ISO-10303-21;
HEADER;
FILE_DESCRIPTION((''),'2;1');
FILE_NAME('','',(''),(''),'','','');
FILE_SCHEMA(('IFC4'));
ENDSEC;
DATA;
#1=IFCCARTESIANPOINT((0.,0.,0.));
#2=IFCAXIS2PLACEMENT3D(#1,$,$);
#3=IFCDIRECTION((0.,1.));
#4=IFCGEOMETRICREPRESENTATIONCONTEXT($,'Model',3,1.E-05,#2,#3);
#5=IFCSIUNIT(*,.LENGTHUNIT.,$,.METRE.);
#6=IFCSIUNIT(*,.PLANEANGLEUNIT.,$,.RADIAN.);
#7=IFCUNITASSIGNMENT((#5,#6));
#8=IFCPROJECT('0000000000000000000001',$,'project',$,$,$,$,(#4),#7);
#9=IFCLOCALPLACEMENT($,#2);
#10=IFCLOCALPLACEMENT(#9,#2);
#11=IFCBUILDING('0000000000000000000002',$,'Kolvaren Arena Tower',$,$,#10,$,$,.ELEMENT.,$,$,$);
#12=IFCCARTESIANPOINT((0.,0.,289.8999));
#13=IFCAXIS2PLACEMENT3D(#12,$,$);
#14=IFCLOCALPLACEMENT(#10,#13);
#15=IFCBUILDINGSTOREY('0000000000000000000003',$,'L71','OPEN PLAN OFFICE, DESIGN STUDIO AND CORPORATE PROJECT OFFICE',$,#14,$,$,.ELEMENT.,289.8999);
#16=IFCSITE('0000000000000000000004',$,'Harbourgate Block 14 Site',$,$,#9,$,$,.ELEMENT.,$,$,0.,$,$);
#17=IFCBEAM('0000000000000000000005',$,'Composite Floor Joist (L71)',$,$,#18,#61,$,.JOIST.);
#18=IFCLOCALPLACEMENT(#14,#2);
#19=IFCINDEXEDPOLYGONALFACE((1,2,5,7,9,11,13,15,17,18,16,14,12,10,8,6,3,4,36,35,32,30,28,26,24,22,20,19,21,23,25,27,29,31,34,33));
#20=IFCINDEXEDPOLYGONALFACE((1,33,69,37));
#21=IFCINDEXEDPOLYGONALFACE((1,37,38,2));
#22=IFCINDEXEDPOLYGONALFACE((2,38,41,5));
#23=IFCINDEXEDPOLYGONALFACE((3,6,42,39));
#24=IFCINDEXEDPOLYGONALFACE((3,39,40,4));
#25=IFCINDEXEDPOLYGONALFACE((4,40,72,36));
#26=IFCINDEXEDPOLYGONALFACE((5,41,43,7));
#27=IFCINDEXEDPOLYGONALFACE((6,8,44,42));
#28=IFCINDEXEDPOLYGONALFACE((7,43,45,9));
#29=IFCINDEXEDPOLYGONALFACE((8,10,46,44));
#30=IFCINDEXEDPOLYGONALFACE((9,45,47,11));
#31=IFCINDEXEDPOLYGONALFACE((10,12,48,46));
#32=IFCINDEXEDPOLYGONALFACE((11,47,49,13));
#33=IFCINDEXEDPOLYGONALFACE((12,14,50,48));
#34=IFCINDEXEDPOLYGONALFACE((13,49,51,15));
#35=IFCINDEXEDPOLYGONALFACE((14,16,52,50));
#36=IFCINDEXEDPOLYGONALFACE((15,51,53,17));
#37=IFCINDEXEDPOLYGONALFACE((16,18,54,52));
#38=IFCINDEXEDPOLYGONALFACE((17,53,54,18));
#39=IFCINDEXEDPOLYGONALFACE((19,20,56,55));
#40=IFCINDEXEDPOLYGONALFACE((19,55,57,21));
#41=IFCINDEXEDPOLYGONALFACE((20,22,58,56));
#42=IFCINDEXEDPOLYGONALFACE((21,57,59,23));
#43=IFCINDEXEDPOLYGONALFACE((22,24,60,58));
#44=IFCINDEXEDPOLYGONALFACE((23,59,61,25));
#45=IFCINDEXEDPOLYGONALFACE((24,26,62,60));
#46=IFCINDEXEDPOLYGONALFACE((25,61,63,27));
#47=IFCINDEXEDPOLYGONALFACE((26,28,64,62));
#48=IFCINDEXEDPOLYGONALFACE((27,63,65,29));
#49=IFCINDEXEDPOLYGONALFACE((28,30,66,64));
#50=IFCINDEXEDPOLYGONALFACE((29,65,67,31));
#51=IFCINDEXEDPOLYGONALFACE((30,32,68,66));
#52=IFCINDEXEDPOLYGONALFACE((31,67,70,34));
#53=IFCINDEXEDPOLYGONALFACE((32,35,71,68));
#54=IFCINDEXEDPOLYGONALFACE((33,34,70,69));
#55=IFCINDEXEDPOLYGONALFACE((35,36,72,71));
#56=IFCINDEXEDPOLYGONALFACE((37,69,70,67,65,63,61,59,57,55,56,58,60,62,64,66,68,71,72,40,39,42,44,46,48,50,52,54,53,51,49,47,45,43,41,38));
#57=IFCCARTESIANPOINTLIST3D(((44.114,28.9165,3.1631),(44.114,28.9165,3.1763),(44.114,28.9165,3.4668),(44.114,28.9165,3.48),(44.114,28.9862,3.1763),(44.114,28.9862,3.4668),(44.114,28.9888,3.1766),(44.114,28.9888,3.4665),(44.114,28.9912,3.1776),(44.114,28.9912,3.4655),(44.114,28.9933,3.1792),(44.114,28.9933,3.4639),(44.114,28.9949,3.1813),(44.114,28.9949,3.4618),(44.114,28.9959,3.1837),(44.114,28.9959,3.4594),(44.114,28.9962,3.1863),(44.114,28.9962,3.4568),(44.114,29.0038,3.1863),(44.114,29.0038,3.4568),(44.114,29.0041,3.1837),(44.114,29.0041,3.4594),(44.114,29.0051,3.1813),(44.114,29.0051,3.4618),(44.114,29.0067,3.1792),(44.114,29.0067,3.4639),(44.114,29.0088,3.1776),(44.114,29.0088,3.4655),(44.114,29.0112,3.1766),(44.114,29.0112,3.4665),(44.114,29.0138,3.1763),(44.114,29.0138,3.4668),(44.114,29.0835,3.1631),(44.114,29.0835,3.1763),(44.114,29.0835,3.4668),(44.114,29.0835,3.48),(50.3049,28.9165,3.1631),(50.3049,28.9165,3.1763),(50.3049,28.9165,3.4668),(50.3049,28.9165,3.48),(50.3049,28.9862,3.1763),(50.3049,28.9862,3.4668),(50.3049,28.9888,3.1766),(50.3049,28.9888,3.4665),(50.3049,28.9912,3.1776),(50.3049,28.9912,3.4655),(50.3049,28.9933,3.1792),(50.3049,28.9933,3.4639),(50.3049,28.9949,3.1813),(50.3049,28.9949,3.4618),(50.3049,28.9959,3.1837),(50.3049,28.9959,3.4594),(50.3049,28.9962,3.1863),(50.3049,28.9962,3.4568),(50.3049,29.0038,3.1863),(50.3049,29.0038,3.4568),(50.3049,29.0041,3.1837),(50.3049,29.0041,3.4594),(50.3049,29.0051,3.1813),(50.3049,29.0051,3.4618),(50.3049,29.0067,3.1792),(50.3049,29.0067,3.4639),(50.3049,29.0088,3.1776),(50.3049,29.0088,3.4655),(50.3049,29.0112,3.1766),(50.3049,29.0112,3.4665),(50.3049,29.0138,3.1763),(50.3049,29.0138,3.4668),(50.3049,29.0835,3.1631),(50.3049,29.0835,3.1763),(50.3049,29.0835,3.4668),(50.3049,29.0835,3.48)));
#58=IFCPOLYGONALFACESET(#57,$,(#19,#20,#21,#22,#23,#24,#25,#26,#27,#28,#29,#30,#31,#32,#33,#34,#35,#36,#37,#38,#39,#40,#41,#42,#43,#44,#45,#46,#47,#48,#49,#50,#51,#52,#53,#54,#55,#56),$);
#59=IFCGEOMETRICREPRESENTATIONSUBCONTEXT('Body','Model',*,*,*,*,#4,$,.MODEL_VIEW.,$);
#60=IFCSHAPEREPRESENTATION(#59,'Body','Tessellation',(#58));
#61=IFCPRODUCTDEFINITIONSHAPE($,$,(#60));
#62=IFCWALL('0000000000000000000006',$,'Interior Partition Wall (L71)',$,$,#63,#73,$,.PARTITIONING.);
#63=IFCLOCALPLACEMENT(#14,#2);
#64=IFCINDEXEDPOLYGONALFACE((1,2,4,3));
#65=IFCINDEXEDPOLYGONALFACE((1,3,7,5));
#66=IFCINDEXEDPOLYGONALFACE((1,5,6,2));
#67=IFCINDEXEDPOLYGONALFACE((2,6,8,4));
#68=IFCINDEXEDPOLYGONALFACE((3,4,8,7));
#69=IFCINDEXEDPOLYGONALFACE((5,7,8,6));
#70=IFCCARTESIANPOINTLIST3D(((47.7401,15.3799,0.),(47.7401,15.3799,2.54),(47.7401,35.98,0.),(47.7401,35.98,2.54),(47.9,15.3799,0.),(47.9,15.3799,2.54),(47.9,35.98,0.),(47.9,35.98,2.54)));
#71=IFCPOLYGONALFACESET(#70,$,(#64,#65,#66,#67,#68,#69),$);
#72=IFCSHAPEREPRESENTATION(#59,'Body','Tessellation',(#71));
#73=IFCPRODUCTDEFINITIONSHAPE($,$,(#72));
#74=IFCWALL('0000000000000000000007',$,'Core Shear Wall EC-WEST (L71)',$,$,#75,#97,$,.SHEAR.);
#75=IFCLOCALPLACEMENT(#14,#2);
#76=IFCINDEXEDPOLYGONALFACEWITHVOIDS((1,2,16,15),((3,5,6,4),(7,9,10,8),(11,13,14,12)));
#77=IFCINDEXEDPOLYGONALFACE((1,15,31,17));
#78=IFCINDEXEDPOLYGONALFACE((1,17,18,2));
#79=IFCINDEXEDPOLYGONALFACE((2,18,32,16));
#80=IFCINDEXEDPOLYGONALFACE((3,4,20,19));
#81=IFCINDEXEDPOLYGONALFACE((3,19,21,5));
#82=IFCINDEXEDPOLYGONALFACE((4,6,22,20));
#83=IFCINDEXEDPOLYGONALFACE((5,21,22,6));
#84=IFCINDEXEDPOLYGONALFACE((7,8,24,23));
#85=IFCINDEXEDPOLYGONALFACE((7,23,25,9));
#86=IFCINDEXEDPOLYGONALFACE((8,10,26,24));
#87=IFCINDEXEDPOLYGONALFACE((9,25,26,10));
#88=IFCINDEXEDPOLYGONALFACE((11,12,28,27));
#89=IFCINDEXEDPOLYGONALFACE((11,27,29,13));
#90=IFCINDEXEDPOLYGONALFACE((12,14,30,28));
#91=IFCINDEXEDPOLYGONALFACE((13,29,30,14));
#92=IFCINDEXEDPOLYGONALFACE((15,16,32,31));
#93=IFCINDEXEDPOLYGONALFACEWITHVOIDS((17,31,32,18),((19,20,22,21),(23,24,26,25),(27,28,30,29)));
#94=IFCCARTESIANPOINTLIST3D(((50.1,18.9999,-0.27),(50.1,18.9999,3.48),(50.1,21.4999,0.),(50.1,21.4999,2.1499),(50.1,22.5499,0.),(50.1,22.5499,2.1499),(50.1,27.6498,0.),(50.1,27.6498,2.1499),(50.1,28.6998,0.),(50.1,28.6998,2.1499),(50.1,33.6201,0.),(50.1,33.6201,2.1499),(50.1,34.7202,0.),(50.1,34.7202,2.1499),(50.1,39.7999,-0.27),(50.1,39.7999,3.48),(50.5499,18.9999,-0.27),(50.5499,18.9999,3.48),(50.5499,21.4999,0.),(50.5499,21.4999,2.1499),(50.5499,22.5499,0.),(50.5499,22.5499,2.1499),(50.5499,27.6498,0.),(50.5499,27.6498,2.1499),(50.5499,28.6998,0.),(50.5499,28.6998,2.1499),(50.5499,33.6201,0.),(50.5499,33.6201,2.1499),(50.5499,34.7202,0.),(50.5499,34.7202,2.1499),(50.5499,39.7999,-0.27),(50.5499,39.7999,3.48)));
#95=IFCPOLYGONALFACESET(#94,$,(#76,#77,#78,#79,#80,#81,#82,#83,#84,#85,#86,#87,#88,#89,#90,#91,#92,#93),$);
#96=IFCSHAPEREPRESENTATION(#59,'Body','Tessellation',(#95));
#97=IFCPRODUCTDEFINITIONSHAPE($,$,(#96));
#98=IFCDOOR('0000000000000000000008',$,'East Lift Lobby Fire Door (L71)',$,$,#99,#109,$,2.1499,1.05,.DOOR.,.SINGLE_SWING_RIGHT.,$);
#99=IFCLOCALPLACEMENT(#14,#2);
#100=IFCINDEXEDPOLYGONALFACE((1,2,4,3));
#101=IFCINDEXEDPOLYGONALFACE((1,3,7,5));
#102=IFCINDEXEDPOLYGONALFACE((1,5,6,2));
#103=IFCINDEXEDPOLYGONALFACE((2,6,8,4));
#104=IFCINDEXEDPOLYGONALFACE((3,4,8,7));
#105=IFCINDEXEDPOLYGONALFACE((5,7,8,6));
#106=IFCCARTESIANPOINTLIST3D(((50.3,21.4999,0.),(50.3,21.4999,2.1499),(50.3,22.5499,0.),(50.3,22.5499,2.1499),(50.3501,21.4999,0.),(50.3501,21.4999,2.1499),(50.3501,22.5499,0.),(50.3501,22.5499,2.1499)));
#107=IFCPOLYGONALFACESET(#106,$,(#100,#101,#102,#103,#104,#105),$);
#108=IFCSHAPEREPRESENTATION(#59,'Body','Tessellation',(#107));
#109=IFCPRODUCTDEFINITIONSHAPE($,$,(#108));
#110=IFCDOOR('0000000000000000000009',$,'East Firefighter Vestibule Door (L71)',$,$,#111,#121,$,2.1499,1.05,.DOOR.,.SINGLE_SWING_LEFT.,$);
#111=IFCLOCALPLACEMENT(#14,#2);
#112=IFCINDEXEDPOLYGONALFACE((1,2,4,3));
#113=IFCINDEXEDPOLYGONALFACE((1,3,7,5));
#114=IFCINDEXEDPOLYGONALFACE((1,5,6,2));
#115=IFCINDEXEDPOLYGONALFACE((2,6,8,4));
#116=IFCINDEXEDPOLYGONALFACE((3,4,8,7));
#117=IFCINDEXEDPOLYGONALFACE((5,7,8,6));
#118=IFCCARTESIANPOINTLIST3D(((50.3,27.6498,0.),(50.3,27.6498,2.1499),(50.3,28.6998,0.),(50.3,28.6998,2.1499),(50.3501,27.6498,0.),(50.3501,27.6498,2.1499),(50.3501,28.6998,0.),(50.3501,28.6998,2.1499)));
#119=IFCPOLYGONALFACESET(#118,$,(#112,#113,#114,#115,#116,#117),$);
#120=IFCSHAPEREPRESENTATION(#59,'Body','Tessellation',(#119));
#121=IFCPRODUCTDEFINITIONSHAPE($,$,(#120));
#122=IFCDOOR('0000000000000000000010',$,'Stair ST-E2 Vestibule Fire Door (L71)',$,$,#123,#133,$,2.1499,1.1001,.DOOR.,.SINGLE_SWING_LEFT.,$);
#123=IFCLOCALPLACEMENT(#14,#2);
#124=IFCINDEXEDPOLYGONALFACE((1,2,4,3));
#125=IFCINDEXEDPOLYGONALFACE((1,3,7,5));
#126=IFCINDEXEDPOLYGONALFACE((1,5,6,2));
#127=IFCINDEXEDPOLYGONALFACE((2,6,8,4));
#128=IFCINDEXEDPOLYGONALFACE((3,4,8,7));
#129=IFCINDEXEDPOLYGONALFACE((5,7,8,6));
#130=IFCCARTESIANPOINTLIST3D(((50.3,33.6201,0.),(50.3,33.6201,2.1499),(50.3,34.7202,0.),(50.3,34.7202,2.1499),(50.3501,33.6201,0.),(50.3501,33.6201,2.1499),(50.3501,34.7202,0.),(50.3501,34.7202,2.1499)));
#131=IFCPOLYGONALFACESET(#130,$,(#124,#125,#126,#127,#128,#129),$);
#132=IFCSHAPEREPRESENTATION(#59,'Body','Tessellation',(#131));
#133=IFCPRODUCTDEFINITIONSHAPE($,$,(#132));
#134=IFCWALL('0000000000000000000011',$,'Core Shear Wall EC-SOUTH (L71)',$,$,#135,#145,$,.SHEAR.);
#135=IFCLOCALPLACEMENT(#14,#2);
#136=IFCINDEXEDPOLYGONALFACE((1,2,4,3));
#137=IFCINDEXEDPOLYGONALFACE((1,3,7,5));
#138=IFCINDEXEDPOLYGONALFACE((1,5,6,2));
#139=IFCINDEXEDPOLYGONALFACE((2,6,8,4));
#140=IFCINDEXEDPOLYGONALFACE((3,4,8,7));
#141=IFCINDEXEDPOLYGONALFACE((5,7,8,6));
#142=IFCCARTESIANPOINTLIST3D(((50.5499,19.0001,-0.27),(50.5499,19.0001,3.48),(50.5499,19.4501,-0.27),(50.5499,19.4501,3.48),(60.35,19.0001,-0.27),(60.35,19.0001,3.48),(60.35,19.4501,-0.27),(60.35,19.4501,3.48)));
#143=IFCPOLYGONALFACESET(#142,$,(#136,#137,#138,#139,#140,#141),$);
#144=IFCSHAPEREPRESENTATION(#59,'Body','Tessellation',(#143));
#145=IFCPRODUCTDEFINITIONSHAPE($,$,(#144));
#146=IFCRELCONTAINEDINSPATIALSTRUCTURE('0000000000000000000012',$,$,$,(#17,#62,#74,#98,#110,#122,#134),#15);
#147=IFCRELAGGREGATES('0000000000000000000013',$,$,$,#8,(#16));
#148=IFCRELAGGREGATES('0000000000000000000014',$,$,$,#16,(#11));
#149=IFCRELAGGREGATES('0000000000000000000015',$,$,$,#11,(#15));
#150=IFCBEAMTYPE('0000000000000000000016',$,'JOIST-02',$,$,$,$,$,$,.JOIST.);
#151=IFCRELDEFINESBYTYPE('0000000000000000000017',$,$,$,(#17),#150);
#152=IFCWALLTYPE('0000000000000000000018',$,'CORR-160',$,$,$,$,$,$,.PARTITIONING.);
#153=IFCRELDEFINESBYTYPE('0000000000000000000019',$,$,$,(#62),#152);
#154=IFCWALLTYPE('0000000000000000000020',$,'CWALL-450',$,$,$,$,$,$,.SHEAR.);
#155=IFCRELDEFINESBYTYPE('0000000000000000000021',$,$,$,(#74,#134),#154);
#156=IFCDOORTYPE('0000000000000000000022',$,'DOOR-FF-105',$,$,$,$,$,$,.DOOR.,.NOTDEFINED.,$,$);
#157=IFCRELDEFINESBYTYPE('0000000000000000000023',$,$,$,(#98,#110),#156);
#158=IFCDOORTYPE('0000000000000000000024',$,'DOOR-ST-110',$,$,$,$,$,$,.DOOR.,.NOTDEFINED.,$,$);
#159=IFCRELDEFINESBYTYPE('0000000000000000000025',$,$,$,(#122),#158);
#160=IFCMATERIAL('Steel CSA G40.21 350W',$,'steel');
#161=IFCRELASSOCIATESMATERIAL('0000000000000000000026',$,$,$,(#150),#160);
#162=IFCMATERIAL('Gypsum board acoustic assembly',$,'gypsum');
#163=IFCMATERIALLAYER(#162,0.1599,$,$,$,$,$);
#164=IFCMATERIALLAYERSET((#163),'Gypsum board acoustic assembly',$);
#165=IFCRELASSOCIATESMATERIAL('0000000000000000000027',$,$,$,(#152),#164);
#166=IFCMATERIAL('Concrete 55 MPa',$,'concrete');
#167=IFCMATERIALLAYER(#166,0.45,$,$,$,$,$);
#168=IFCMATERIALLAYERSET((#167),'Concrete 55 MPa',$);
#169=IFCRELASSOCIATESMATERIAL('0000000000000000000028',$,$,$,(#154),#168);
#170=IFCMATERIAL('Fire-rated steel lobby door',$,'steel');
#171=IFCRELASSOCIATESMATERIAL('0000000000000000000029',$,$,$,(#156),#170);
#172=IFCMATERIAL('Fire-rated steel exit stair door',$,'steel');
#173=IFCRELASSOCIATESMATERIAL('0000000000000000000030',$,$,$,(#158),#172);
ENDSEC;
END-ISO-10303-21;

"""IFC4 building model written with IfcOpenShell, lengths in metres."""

from ifc_helpers import new_model, si_unit, direction, frame, frame_2d, origin, origin_2d, place, context, subcontext, project, spatial, rectangle, i_section, extrude, material, layer, layer_set, material_profile, profile_set, type_object, element, fill, save


model = new_model("IFC4")

# Units and contexts
model_context = context("Model", 3, precision=1e-05, world=origin(), true_north=direction((0.0, 1.0)))
body_context = subcontext(model_context, "Body", "Model", "MODEL_VIEW")
ifc_project = project(units=[si_unit("LENGTHUNIT", "METRE"), si_unit("PLANEANGLEUNIT", "RADIAN")], contexts=[model_context])

# Site, building, storey
site_placement = place(None, origin())
site = spatial("IfcSite", under=ifc_project, at=site_placement, Name="Harbourgate Block 14 Site", CompositionType="ELEMENT", RefElevation=0.0)
building_placement = place(site_placement, origin())
building = spatial("IfcBuilding", under=site, at=building_placement, Name="Kolvaren Arena Tower", CompositionType="ELEMENT")
storey_placement = place(building_placement, frame((0.0, 0.0, 289.8999)))
storey = spatial("IfcBuildingStorey", under=building, at=storey_placement, Name="L71", Description="OPEN PLAN OFFICE, DESIGN STUDIO AND CORPORATE PROJECT OFFICE", CompositionType="ELEMENT", Elevation=289.8999)

# Beam
ifc_material_1 = material(Name="Steel CSA G40.21 350W", Category="steel")
ifc_material_profile_1 = material_profile(ifc_material_1, i_section(OverallWidth=0.167, OverallDepth=0.3169, WebThickness=0.0076, FlangeThickness=0.0132, FilletRadius=0.01, at=origin_2d()), Name="W310x52")
ifc_profile_set_1 = profile_set([ifc_material_profile_1], Name="Steel CSA G40.21 350W")
beam_type_1 = type_object("IfcBeamType", Name="JOIST-02", PredefinedType="JOIST", material=ifc_profile_set_1)
for number, where, z_axis, x_axis, name in (
    (1, (44.114, 29.0, 3.3215), (1.0, 0.0, 0.0), (0.0, 1.0, 0.0), "Composite Floor Joist (L71)"),
):
    element("IfcBeam", number, at=place(storey_placement, frame(where, z_axis=z_axis, x_axis=x_axis)), inside=storey, type_object=beam_type_1, Name=name, PredefinedType="JOIST", context=body_context, shape_type="SweptSolid", body=[
        extrude(i_section(OverallWidth=0.167, OverallDepth=0.3169, WebThickness=0.0076, FlangeThickness=0.0132, FilletRadius=0.01, at=origin_2d()), origin(), (0.0, 0.0, 1.0), 6.1909),
    ])

# Wall
ifc_material_2 = material(Name="Gypsum board acoustic assembly", Category="gypsum")
ifc_layer_1 = layer(ifc_material_2, 0.1599)
ifc_layer_set_1 = layer_set([ifc_layer_1], Name="Gypsum board acoustic assembly")
wall_type_1 = type_object("IfcWallType", Name="CORR-160", PredefinedType="PARTITIONING", material=ifc_layer_set_1)
wall_1_placement = place(storey_placement, frame((47.8201, 15.3799, 0.0), z_axis=(0.0, 0.0, 1.0), x_axis=(0.0, 1.0, 0.0)))
element("IfcWall", 2, at=wall_1_placement, inside=storey, type_object=wall_type_1, Name="Interior Partition Wall (L71)", PredefinedType="PARTITIONING", context=body_context, shape_type="SweptSolid", body=[
    extrude(rectangle(XDim=20.6001, YDim=0.1599, at=frame_2d((10.3, 0.0))), origin(), (0.0, 0.0, 1.0), 2.54),
])

# Wall, openings, doors
ifc_material_3 = material(Name="Concrete 55 MPa", Category="concrete")
ifc_layer_2 = layer(ifc_material_3, 0.45)
ifc_layer_set_2 = layer_set([ifc_layer_2], Name="Concrete 55 MPa")
wall_type_2 = type_object("IfcWallType", Name="CWALL-450", PredefinedType="SHEAR", material=ifc_layer_set_2)
wall_2_placement = place(storey_placement, frame((50.325, 19.0, -0.27), z_axis=(0.0, 0.0, 1.0), x_axis=(0.0, 1.0, 0.0)))
wall_2 = element("IfcWall", 3, at=wall_2_placement, inside=storey, type_object=wall_type_2, Name="Core Shear Wall EC-WEST (L71)", PredefinedType="SHEAR", context=body_context, shape_type="SweptSolid", body=[
    extrude(rectangle(XDim=20.8, YDim=0.45, at=frame_2d((10.3999, 0.0))), origin(), (0.0, 0.0, 1.0), 3.75),
])
opening_1_placement = place(wall_2_placement, frame((2.5, 0.0, 0.27)))
opening_1 = element("IfcOpeningElement", 4, at=opening_1_placement, cuts=wall_2, PredefinedType="OPENING", context=body_context, shape_type="SweptSolid", body=[
    extrude(rectangle(XDim=1.05, YDim=2.1499, at=frame_2d((0.5249, 1.075))), frame((0.0, 0.2349, 0.0), z_axis=(0.0, -1.0, 0.0), x_axis=(1.0, 0.0, 0.0)), (0.0, 0.0, 1.0), 0.47),
])
opening_2_placement = place(wall_2_placement, frame((8.6499, 0.0, 0.27)))
opening_2 = element("IfcOpeningElement", 5, at=opening_2_placement, cuts=wall_2, PredefinedType="OPENING", context=body_context, shape_type="SweptSolid", body=[
    extrude(rectangle(XDim=1.05, YDim=2.1499, at=frame_2d((0.5249, 1.075))), frame((0.0, 0.2349, 0.0), z_axis=(0.0, -1.0, 0.0), x_axis=(1.0, 0.0, 0.0)), (0.0, 0.0, 1.0), 0.47),
])
opening_3_placement = place(wall_2_placement, frame((14.6201, 0.0, 0.27)))
opening_3 = element("IfcOpeningElement", 6, at=opening_3_placement, cuts=wall_2, PredefinedType="OPENING", context=body_context, shape_type="SweptSolid", body=[
    extrude(rectangle(XDim=1.1001, YDim=2.1499, at=frame_2d((0.55, 1.075))), frame((0.0, 0.2349, 0.0), z_axis=(0.0, -1.0, 0.0), x_axis=(1.0, 0.0, 0.0)), (0.0, 0.0, 1.0), 0.47),
])
ifc_material_4 = material(Name="Fire-rated steel lobby door", Category="steel")
door_type_1 = type_object("IfcDoorType", Name="DOOR-FF-105", OperationType="NOTDEFINED", PredefinedType="DOOR", material=ifc_material_4)
door_1_placement = place(opening_1_placement, origin())
door_1 = element("IfcDoor", 7, at=door_1_placement, inside=storey, type_object=door_type_1, Name="East Lift Lobby Fire Door (L71)", OperationType="SINGLE_SWING_RIGHT", OverallHeight=2.1499, OverallWidth=1.05, PredefinedType="DOOR", context=body_context, shape_type="SweptSolid", body=[
    extrude(rectangle(XDim=1.05, YDim=2.1499, at=frame_2d((0.5249, 1.075))), frame((0.0, 0.0249, 0.0), z_axis=(0.0, -1.0, 0.0), x_axis=(1.0, 0.0, 0.0)), (0.0, 0.0, 1.0), 0.05),
])
fill(opening_1, door_1)
door_2_placement = place(opening_2_placement, origin())
door_2 = element("IfcDoor", 8, at=door_2_placement, inside=storey, type_object=door_type_1, Name="East Firefighter Vestibule Door (L71)", OperationType="SINGLE_SWING_LEFT", OverallHeight=2.1499, OverallWidth=1.05, PredefinedType="DOOR", context=body_context, shape_type="SweptSolid", body=[
    extrude(rectangle(XDim=1.05, YDim=2.1499, at=frame_2d((0.5249, 1.075))), frame((0.0, 0.0249, 0.0), z_axis=(0.0, -1.0, 0.0), x_axis=(1.0, 0.0, 0.0)), (0.0, 0.0, 1.0), 0.05),
])
fill(opening_2, door_2)
ifc_material_5 = material(Name="Fire-rated steel exit stair door", Category="steel")
door_type_2 = type_object("IfcDoorType", Name="DOOR-ST-110", OperationType="NOTDEFINED", PredefinedType="DOOR", material=ifc_material_5)
door_3_placement = place(opening_3_placement, origin())
door_3 = element("IfcDoor", 9, at=door_3_placement, inside=storey, type_object=door_type_2, Name="Stair ST-E2 Vestibule Fire Door (L71)", OperationType="SINGLE_SWING_LEFT", OverallHeight=2.1499, OverallWidth=1.1001, PredefinedType="DOOR", context=body_context, shape_type="SweptSolid", body=[
    extrude(rectangle(XDim=1.1001, YDim=2.1499, at=frame_2d((0.55, 1.075))), frame((0.0, 0.0249, 0.0), z_axis=(0.0, -1.0, 0.0), x_axis=(1.0, 0.0, 0.0)), (0.0, 0.0, 1.0), 0.05),
])
fill(opening_3, door_3)

# Wall
wall_3_placement = place(storey_placement, frame((50.55, 19.2251, -0.27), z_axis=(0.0, 0.0, 1.0), x_axis=(1.0, 0.0, 0.0)))
element("IfcWall", 10, at=wall_3_placement, inside=storey, type_object=wall_type_2, Name="Core Shear Wall EC-SOUTH (L71)", PredefinedType="SHEAR", context=body_context, shape_type="SweptSolid", body=[
    extrude(rectangle(XDim=9.8, YDim=0.45, at=frame_2d((4.8999, 0.0))), origin(), (0.0, 0.0, 1.0), 3.75),
])

save(model, "model.ifc")
